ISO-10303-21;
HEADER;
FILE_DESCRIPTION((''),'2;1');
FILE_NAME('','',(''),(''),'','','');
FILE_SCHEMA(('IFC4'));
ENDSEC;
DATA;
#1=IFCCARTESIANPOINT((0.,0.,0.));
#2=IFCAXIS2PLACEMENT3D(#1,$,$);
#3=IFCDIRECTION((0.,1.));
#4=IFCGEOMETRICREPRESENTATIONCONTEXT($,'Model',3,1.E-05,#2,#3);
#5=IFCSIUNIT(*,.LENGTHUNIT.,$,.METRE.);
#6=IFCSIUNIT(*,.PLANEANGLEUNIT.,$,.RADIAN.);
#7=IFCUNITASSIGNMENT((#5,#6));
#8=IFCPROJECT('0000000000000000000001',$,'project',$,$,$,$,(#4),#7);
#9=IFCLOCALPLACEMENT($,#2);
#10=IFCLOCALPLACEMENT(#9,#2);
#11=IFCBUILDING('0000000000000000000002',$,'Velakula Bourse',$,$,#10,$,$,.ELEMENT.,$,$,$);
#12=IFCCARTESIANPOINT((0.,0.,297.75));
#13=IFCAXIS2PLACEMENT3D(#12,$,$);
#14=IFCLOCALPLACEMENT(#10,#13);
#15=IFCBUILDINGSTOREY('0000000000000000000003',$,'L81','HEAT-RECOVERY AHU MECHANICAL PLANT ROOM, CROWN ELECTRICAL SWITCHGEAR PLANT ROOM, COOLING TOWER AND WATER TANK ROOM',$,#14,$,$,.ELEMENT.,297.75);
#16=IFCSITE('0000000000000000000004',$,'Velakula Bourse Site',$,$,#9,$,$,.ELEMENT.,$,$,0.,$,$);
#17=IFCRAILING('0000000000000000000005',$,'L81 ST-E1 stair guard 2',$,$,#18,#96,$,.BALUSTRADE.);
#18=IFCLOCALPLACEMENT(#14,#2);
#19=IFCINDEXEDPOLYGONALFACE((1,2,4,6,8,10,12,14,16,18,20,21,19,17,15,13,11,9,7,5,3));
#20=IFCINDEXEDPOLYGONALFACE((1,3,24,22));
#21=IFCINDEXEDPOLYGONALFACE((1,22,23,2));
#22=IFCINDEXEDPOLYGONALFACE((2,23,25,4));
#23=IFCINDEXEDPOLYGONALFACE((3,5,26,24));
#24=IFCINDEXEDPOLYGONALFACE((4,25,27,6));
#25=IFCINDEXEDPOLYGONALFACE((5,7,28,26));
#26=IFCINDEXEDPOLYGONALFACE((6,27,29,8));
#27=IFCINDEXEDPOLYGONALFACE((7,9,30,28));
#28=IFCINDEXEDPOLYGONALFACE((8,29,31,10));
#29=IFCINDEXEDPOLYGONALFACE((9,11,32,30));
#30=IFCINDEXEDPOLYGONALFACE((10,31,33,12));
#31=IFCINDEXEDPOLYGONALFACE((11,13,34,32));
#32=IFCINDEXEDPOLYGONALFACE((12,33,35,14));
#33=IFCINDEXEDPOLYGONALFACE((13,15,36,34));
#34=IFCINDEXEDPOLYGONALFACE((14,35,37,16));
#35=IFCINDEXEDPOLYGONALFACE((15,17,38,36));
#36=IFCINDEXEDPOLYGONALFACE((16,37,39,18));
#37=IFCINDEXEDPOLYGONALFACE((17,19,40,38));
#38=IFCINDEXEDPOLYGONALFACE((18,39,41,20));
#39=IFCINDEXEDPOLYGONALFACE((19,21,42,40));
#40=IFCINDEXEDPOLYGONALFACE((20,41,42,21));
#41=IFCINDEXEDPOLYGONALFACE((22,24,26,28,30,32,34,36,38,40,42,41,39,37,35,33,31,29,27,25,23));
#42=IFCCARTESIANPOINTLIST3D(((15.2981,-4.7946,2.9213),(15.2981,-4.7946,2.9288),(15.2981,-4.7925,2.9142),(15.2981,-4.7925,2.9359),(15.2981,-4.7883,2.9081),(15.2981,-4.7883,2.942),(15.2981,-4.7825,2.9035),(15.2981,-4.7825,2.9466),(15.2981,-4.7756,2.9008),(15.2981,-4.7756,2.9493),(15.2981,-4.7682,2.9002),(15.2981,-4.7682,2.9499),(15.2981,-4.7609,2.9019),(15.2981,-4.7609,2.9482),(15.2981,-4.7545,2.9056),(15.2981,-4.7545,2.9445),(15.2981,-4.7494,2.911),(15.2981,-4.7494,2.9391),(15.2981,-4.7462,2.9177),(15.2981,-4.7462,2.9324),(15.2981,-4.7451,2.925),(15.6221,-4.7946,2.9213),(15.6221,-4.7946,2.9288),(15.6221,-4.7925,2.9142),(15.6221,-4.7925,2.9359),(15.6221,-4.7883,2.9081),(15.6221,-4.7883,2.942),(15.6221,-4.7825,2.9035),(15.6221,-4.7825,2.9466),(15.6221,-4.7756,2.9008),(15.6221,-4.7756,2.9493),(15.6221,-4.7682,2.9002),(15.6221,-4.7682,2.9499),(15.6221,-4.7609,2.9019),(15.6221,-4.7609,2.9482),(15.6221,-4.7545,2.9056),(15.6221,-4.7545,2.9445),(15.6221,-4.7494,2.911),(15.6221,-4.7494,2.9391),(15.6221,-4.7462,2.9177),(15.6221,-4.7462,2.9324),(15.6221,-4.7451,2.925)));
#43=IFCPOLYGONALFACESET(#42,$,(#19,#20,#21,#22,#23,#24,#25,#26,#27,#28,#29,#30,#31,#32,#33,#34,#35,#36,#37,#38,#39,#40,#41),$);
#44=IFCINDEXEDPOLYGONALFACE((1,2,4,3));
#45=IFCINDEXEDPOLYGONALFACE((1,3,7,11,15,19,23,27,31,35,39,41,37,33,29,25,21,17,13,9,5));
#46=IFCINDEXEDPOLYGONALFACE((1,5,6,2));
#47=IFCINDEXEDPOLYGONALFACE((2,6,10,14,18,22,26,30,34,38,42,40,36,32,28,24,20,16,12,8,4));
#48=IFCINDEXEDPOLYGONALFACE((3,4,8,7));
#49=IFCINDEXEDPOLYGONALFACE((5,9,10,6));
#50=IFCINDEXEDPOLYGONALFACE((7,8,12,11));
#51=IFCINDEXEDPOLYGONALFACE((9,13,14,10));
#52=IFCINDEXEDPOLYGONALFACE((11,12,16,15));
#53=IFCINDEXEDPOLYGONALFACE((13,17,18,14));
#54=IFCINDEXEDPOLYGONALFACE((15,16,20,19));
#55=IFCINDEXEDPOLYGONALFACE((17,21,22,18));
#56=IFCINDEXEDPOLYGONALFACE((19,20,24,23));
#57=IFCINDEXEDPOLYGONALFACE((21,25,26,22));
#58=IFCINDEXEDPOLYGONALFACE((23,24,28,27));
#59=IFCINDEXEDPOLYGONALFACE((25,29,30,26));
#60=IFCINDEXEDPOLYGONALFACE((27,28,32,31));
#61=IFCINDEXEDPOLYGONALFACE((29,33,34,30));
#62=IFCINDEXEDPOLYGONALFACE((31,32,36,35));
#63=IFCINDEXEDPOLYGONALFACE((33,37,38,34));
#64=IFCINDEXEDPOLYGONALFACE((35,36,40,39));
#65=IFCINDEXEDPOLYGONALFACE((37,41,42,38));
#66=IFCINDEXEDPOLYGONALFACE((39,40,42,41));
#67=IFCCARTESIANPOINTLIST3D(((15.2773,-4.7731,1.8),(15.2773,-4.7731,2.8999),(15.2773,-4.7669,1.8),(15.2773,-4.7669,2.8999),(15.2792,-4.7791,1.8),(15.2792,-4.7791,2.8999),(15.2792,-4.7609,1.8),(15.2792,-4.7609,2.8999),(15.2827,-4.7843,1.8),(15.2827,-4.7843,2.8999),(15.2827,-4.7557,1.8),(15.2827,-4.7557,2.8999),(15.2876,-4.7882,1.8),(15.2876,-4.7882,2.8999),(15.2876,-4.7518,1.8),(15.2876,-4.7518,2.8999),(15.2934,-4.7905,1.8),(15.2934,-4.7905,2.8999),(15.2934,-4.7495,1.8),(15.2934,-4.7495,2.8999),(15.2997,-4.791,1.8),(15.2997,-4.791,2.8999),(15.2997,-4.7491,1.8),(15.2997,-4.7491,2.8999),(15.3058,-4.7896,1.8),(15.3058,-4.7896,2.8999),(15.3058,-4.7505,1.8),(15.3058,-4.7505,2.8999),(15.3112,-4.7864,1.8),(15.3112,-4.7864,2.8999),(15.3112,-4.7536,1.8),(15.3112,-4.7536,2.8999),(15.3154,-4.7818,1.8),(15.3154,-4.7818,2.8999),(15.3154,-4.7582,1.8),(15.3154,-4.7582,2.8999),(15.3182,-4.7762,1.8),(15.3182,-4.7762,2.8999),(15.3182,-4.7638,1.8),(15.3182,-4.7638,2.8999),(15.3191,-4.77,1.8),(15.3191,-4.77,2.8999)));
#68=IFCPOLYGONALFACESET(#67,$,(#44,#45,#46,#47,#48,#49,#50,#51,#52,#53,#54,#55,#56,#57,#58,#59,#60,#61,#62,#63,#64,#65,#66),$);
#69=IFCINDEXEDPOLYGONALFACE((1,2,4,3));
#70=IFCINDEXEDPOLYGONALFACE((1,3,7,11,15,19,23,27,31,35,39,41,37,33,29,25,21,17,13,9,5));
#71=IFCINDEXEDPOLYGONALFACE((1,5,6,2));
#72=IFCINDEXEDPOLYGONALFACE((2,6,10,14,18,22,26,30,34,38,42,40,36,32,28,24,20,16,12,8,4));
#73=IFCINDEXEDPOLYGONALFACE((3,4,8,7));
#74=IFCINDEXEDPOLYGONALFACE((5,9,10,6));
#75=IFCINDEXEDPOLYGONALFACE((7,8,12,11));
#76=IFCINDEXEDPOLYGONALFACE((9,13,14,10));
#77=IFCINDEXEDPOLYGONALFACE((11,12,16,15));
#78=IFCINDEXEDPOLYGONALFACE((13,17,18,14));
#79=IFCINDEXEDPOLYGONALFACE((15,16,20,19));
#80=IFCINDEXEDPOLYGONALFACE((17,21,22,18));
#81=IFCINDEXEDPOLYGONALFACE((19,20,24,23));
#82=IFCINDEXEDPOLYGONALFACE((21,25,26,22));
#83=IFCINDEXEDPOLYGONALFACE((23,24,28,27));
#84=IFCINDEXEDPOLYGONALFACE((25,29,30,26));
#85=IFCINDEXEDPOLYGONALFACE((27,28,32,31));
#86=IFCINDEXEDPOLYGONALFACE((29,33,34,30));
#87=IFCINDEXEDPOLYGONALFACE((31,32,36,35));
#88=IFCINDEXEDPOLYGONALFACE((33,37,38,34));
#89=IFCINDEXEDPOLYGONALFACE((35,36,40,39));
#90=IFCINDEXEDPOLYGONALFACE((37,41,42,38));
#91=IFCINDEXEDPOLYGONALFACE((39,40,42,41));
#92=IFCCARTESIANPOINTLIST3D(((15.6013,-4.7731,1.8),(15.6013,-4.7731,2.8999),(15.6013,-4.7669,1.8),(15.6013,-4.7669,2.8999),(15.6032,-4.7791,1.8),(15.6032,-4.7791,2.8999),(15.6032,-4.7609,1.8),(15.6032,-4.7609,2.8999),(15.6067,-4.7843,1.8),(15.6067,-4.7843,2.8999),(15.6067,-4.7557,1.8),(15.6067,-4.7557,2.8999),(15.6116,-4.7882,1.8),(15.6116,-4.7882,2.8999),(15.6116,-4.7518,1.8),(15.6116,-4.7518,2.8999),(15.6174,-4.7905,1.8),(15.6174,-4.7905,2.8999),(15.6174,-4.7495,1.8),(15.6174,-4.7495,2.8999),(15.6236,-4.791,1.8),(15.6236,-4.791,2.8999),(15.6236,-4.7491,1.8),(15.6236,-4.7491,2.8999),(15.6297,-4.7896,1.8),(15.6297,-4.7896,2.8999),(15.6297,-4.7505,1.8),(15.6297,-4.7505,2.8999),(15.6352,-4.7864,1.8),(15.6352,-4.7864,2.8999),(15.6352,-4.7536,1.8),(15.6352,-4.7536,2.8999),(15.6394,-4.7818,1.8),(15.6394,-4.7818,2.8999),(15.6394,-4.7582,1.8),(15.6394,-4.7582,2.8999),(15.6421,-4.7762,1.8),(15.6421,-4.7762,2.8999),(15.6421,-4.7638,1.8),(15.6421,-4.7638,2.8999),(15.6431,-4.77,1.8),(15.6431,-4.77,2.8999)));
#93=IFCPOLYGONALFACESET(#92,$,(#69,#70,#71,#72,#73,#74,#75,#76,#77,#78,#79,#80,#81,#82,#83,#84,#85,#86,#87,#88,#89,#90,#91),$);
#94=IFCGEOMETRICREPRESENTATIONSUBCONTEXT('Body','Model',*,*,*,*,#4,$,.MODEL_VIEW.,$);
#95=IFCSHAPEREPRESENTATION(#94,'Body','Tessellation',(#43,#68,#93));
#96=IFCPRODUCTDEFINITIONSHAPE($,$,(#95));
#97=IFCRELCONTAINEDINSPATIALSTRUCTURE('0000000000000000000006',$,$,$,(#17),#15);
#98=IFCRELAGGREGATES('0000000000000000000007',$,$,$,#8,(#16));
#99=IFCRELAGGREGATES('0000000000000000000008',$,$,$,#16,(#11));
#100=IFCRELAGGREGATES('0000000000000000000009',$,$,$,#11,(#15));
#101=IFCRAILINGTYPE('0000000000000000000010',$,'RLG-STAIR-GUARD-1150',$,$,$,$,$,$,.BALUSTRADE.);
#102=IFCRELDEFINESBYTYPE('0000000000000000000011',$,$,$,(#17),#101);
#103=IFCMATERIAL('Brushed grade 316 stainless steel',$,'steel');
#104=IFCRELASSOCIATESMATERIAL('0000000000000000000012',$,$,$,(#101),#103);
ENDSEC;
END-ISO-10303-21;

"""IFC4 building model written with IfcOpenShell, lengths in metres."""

from ifc_helpers import new_model, si_unit, direction, frame, origin, origin_2d, place, context, subcontext, project, spatial, circle, extrude, material, type_object, element, save


model = new_model("IFC4")

# Units and contexts
model_context = context("Model", 3, precision=1e-05, world=origin(), true_north=direction((0.0, 1.0)))
body_context = subcontext(model_context, "Body", "Model", "MODEL_VIEW")
ifc_project = project(units=[si_unit("LENGTHUNIT", "METRE"), si_unit("PLANEANGLEUNIT", "RADIAN")], contexts=[model_context])

# Site, building, storey
site_placement = place(None, origin())
site = spatial("IfcSite", under=ifc_project, at=site_placement, Name="Velakula Bourse Site", CompositionType="ELEMENT", RefElevation=0.0)
building_placement = place(site_placement, origin())
building = spatial("IfcBuilding", under=site, at=building_placement, Name="Velakula Bourse", CompositionType="ELEMENT")
storey_placement = place(building_placement, frame((0.0, 0.0, 297.75)))
storey = spatial("IfcBuildingStorey", under=building, at=storey_placement, Name="L81", Description="HEAT-RECOVERY AHU MECHANICAL PLANT ROOM, CROWN ELECTRICAL SWITCHGEAR PLANT ROOM, COOLING TOWER AND WATER TANK ROOM", CompositionType="ELEMENT", Elevation=297.75)

# Shared definitions
ifc_material_1 = material(Name="Brushed grade 316 stainless steel", Category="steel")

# Railing
railing_type_1 = type_object("IfcRailingType", Name="RLG-STAIR-GUARD-1150", PredefinedType="BALUSTRADE", material=ifc_material_1)
railing_1_placement = place(storey_placement, frame((15.2981, -4.77, 1.8)))
element("IfcRailing", 1, at=railing_1_placement, inside=storey, type_object=railing_type_1, Name="L81 ST-E1 stair guard 2", PredefinedType="BALUSTRADE", context=body_context, shape_type="SweptSolid", body=[
    extrude(circle(Radius=0.0249, at=origin_2d()), frame((0.0, 0.0, 1.125), z_axis=(1.0, 0.0, 0.0), x_axis=(0.0, 1.0, 0.0)), (0.0, 0.0, 1.0), 0.324),
    extrude(circle(Radius=0.021, at=origin_2d()), origin(), (0.0, 0.0, 1.0), 1.0999),
    extrude(circle(Radius=0.021, at=origin_2d()), frame((0.324, 0.0, 0.0)), (0.0, 0.0, 1.0), 1.0999),
])

save(model, "model.ifc")
